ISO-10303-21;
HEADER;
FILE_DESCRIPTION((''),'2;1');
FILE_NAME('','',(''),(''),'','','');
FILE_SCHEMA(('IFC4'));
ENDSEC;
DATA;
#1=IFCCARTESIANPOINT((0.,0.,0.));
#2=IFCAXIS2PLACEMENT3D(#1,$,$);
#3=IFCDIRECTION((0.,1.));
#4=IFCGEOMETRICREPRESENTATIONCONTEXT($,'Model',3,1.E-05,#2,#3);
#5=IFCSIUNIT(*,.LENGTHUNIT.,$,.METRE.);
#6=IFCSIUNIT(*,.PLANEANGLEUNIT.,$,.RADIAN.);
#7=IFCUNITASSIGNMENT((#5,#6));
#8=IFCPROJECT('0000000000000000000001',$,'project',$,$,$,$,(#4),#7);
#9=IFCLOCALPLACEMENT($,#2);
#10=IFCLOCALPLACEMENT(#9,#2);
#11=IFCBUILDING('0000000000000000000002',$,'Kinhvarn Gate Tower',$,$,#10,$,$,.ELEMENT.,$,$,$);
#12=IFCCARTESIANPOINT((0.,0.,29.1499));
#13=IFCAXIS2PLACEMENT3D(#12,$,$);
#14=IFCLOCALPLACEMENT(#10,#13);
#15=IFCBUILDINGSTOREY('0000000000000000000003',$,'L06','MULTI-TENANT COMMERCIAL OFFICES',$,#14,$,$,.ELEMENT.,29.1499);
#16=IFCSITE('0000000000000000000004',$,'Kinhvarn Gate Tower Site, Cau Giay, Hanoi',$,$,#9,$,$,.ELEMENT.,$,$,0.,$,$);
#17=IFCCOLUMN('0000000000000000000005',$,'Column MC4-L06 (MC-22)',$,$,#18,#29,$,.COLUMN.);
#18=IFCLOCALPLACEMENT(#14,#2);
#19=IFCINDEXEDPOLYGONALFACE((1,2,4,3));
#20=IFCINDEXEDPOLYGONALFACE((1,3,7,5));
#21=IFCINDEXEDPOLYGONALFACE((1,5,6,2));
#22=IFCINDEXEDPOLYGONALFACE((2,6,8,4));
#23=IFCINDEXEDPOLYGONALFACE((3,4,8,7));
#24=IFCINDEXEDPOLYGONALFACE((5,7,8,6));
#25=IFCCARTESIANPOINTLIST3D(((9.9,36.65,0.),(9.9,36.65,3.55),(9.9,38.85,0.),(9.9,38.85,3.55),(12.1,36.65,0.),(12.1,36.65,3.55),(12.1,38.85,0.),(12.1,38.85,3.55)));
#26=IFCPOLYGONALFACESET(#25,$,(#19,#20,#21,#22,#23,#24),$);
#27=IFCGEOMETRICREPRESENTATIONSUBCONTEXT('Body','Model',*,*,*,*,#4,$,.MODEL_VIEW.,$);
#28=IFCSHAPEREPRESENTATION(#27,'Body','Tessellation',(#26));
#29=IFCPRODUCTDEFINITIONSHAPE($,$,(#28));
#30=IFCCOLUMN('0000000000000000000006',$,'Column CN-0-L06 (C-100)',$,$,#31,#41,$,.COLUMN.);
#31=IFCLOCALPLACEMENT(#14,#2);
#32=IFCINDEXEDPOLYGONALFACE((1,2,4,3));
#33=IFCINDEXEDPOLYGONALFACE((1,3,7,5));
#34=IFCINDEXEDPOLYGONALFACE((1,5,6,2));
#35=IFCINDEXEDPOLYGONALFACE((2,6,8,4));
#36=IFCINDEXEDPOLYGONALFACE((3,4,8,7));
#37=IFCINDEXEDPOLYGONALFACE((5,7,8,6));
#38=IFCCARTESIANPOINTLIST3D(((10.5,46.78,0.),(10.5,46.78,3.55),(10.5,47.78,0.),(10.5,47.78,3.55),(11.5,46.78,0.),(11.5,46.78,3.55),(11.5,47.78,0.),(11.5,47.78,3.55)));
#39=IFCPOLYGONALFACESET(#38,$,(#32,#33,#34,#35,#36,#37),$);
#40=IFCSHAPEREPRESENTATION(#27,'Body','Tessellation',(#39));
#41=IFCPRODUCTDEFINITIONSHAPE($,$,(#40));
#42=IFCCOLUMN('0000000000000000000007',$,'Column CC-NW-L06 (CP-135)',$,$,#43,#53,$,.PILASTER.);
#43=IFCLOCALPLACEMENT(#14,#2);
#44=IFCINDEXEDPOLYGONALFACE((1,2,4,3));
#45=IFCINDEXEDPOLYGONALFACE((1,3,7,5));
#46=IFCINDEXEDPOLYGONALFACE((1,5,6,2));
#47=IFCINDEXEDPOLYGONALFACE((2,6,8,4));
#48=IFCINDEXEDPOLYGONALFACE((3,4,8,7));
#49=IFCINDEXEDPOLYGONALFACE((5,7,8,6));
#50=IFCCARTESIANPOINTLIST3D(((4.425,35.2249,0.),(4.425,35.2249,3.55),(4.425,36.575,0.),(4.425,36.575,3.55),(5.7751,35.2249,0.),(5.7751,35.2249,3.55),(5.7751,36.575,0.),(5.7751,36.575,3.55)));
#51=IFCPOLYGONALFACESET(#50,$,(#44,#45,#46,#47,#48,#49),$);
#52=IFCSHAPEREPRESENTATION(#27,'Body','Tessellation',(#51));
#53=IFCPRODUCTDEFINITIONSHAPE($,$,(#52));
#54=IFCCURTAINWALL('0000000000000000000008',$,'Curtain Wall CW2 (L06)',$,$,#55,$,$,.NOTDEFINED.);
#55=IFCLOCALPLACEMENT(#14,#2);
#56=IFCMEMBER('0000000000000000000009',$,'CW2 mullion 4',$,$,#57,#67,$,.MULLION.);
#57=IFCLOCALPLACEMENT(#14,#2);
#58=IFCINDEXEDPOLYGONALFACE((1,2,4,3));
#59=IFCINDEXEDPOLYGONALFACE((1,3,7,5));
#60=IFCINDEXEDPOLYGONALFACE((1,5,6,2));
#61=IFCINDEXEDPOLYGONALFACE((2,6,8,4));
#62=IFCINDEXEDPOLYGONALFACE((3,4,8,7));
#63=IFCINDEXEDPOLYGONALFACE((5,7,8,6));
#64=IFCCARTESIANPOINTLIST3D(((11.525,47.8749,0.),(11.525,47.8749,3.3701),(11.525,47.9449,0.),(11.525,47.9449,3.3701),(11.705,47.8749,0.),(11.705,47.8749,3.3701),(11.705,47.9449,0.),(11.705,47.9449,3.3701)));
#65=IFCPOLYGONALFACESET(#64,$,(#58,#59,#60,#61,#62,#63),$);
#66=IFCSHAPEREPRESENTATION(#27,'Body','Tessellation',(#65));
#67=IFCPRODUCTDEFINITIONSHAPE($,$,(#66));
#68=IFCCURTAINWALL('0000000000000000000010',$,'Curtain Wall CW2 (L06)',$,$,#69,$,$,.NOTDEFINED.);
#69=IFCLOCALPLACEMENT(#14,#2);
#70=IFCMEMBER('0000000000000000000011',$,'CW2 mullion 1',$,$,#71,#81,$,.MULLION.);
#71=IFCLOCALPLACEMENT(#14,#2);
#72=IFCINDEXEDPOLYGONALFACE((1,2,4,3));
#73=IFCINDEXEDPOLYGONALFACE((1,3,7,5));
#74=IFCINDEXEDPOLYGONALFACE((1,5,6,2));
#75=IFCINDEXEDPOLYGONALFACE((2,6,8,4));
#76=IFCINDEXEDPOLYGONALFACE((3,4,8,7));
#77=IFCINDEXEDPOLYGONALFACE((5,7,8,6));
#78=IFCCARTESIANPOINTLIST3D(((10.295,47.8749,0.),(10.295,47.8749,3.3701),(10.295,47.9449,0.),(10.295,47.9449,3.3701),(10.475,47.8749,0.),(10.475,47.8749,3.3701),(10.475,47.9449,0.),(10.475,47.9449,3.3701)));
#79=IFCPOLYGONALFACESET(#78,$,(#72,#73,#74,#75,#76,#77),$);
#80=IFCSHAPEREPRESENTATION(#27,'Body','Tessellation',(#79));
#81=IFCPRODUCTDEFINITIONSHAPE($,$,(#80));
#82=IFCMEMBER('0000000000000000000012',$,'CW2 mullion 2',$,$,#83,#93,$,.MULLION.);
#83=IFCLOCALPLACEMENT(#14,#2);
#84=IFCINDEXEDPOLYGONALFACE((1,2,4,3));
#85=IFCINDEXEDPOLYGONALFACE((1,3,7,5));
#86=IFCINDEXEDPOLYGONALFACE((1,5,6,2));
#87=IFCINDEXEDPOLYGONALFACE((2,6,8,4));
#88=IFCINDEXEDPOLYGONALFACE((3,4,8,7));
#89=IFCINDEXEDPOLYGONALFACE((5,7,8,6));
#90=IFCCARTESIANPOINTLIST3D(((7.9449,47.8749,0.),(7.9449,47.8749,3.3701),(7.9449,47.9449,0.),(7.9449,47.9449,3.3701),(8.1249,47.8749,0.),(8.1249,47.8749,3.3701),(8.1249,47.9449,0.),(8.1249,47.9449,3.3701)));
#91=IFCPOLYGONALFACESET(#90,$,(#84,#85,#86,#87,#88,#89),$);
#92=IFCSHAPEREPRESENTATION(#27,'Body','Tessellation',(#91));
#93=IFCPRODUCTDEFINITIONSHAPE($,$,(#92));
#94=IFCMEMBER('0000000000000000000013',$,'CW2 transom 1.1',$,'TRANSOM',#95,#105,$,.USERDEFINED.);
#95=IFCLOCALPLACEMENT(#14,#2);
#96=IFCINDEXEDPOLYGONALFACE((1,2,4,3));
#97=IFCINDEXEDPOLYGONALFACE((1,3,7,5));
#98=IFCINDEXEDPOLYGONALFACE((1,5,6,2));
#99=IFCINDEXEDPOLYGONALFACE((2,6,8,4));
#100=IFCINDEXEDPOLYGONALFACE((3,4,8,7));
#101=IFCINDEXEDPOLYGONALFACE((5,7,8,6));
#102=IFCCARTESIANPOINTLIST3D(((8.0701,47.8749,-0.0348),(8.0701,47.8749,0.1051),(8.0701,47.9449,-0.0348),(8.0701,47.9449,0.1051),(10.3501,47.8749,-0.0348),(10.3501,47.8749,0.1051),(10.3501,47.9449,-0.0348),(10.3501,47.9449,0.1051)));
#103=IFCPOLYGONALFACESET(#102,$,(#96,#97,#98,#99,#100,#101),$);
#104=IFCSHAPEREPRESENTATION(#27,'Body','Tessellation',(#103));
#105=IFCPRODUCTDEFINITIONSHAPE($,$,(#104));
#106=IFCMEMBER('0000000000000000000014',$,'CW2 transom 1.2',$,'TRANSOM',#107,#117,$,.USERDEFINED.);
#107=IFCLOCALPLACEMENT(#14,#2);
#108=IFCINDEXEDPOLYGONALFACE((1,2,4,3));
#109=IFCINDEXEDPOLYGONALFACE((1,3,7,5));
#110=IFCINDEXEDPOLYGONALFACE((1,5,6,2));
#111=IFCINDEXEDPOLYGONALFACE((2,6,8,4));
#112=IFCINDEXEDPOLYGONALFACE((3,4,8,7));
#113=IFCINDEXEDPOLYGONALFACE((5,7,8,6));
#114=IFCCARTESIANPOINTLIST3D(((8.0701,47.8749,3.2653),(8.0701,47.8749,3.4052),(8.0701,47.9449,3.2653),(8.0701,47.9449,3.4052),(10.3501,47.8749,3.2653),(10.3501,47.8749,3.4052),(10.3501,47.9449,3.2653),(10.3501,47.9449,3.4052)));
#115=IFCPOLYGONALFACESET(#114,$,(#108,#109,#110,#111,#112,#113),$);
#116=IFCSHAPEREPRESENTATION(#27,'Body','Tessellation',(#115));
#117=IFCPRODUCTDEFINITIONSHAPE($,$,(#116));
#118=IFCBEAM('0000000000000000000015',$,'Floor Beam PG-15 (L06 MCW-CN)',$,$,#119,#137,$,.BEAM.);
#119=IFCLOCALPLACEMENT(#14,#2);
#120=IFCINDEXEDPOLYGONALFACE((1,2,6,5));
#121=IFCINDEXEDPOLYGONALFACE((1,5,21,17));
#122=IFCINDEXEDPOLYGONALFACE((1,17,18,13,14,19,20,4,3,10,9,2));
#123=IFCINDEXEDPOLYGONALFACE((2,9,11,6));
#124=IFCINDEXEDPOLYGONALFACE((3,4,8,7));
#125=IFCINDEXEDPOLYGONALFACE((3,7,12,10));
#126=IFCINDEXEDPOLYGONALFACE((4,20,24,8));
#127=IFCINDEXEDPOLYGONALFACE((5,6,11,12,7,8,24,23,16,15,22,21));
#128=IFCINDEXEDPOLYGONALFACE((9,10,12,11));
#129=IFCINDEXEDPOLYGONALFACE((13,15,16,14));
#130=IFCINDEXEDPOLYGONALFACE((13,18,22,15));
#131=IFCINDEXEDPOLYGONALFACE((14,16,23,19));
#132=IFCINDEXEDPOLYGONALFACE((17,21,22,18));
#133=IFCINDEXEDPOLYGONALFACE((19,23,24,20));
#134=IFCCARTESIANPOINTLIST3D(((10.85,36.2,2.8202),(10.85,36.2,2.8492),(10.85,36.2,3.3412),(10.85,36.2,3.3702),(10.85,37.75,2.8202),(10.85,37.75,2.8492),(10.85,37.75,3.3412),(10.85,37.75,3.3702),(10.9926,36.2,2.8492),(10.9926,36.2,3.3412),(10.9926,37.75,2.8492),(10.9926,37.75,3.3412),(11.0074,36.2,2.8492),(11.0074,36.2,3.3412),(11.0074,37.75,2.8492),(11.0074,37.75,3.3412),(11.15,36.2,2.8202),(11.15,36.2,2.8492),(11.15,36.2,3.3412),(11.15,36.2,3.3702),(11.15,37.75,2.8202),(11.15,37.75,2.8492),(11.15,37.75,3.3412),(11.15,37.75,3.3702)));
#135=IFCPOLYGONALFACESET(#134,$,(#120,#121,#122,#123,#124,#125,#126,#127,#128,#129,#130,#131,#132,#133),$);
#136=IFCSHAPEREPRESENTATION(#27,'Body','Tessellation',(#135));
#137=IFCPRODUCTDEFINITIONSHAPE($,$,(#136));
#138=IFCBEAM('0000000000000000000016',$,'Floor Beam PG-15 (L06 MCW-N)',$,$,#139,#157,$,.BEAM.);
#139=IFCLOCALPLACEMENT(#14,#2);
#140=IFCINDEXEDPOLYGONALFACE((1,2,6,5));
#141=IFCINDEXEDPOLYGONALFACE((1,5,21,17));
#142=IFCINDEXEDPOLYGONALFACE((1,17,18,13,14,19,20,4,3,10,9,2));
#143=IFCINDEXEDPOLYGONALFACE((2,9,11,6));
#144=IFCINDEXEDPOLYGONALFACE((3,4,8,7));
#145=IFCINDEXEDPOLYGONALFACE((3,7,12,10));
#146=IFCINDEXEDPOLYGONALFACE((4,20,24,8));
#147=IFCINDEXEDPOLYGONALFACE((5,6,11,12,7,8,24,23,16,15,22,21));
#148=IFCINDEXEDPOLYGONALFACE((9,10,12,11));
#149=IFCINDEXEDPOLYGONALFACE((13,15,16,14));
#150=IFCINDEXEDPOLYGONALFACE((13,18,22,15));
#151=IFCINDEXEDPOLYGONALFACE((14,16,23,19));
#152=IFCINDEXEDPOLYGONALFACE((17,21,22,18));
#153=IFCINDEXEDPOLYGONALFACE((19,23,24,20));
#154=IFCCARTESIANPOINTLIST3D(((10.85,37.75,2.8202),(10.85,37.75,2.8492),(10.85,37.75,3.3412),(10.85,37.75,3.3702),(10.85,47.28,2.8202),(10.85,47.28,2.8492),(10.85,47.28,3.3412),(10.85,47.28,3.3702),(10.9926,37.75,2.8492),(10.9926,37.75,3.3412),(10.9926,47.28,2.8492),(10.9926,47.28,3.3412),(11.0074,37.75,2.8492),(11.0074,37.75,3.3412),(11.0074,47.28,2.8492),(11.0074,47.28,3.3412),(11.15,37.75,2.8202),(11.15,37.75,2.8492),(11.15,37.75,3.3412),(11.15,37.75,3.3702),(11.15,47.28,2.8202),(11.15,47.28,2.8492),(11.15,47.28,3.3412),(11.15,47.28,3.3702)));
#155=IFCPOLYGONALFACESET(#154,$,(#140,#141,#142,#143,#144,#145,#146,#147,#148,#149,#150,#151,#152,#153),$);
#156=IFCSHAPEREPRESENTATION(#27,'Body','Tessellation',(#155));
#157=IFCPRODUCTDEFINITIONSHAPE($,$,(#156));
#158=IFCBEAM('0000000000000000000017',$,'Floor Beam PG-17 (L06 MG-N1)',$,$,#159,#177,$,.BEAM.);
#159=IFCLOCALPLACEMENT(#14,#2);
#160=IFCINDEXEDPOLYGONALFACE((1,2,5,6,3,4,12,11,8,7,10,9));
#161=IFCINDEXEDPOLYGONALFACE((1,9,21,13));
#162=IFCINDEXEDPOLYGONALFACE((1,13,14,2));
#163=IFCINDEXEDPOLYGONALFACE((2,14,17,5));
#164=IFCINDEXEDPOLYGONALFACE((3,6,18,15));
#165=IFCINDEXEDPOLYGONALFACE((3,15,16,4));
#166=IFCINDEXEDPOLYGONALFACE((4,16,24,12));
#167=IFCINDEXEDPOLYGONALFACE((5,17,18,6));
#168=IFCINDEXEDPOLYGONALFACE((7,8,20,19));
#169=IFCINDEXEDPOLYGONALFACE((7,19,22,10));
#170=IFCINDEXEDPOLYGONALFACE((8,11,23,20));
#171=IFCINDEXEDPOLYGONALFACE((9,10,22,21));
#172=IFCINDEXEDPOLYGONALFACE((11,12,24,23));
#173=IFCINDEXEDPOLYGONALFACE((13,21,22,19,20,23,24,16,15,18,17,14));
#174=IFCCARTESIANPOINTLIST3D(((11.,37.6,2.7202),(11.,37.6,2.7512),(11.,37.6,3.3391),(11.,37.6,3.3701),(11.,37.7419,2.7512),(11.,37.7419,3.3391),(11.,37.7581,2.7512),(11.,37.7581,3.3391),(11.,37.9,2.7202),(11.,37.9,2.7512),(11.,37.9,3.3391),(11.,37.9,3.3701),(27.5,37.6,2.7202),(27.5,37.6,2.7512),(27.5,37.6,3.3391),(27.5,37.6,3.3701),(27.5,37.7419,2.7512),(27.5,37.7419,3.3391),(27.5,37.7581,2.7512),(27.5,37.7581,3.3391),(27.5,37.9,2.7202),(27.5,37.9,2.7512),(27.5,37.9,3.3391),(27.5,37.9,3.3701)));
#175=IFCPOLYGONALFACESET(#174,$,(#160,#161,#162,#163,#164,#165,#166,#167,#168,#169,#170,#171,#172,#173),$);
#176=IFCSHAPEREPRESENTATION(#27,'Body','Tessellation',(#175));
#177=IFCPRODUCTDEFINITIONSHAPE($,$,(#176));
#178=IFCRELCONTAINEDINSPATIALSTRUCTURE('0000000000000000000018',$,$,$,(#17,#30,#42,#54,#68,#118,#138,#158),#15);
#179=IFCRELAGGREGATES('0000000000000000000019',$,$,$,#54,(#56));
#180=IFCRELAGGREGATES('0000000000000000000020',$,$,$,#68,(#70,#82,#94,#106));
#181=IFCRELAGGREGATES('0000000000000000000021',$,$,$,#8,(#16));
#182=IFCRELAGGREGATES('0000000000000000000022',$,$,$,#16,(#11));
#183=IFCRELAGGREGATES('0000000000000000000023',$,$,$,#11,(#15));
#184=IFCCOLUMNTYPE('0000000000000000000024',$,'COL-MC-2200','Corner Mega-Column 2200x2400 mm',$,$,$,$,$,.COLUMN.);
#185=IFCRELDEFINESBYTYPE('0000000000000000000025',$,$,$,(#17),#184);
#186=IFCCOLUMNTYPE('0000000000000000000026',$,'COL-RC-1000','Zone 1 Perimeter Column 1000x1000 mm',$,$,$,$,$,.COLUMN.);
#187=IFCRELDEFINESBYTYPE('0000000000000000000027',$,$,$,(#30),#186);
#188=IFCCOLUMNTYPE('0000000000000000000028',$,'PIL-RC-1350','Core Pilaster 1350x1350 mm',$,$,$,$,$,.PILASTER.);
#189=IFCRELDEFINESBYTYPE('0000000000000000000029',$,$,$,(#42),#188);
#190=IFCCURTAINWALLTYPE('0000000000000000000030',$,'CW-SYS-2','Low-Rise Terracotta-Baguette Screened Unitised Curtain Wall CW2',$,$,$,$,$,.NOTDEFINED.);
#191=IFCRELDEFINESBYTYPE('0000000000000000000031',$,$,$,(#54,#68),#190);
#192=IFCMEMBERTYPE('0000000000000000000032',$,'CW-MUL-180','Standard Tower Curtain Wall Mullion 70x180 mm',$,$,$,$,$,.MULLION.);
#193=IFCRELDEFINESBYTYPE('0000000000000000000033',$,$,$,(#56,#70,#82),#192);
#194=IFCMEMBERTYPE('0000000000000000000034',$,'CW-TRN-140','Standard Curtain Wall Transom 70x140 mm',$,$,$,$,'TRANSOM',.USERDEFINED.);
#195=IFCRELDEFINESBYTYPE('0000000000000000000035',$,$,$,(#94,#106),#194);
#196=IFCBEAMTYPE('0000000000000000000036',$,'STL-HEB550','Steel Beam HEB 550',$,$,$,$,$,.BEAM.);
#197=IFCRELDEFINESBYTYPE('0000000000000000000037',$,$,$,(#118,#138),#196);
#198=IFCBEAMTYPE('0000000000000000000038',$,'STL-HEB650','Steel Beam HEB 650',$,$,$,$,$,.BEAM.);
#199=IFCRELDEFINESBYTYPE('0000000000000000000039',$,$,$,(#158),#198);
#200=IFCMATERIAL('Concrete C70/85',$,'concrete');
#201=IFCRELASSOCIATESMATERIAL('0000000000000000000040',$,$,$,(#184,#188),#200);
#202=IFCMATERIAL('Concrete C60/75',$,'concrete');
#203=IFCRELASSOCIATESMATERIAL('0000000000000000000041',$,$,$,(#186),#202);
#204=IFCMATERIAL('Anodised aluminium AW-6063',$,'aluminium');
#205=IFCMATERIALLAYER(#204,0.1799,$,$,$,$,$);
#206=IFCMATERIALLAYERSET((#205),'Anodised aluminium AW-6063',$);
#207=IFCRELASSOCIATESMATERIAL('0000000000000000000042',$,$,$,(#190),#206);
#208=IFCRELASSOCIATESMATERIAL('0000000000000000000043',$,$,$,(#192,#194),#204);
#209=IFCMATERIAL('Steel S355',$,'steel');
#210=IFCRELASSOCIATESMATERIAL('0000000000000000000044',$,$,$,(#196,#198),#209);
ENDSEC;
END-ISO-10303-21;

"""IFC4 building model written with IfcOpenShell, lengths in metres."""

from ifc_helpers import new_model, si_unit, direction, frame, origin, origin_2d, place, context, subcontext, project, spatial, rectangle, i_section, extrude, material, layer, layer_set, material_profile, profile_set, type_object, element, aggregate, save


model = new_model("IFC4")

# Units and contexts
model_context = context("Model", 3, precision=1e-05, world=origin(), true_north=direction((0.0, 1.0)))
body_context = subcontext(model_context, "Body", "Model", "MODEL_VIEW")
ifc_project = project(units=[si_unit("LENGTHUNIT", "METRE"), si_unit("PLANEANGLEUNIT", "RADIAN")], contexts=[model_context])

# Site, building, storey
site_placement = place(None, origin())
site = spatial("IfcSite", under=ifc_project, at=site_placement, Name="Kinhvarn Gate Tower Site, Cau Giay, Hanoi", CompositionType="ELEMENT", RefElevation=0.0)
building_placement = place(site_placement, origin())
building = spatial("IfcBuilding", under=site, at=building_placement, Name="Kinhvarn Gate Tower", CompositionType="ELEMENT")
storey_placement = place(building_placement, frame((0.0, 0.0, 29.1499)))
storey = spatial("IfcBuildingStorey", under=building, at=storey_placement, Name="L06", Description="MULTI-TENANT COMMERCIAL OFFICES", CompositionType="ELEMENT", Elevation=29.1499)

# Columns
ifc_material_1 = material(Name="Concrete C70/85", Category="concrete")
ifc_material_profile_1 = material_profile(ifc_material_1, rectangle(XDim=2.2, YDim=2.2, at=origin_2d()), Name="RC 2200x2200")
ifc_profile_set_1 = profile_set([ifc_material_profile_1], Name="Concrete C70/85")
column_type_1 = type_object("IfcColumnType", Name="COL-MC-2200", Description="Corner Mega-Column 2200x2400 mm", PredefinedType="COLUMN", material=ifc_profile_set_1)
column_1_placement = place(storey_placement, frame((11.0, 37.75, 0.0), z_axis=(0.0, 0.0, 1.0), x_axis=(1.0, 0.0, 0.0)))
element("IfcColumn", 1, at=column_1_placement, inside=storey, type_object=column_type_1, Name="Column MC4-L06 (MC-22)", PredefinedType="COLUMN", context=body_context, shape_type="SweptSolid", body=[
    extrude(rectangle(XDim=2.2, YDim=2.2, at=origin_2d()), origin(), (0.0, 0.0, 1.0), 3.55),
])
ifc_material_2 = material(Name="Concrete C60/75", Category="concrete")
ifc_material_profile_2 = material_profile(ifc_material_2, rectangle(XDim=1.0, YDim=1.0, at=origin_2d()), Name="RC 1000x1000")
ifc_profile_set_2 = profile_set([ifc_material_profile_2], Name="Concrete C60/75")
column_type_2 = type_object("IfcColumnType", Name="COL-RC-1000", Description="Zone 1 Perimeter Column 1000x1000 mm", PredefinedType="COLUMN", material=ifc_profile_set_2)
column_2_placement = place(storey_placement, frame((11.0, 47.28, 0.0), z_axis=(0.0, 0.0, 1.0), x_axis=(1.0, 0.0, 0.0)))
element("IfcColumn", 2, at=column_2_placement, inside=storey, type_object=column_type_2, Name="Column CN-0-L06 (C-100)", PredefinedType="COLUMN", context=body_context, shape_type="SweptSolid", body=[
    extrude(rectangle(XDim=1.0, YDim=1.0, at=origin_2d()), origin(), (0.0, 0.0, 1.0), 3.55),
])
ifc_material_profile_3 = material_profile(ifc_material_1, rectangle(XDim=1.3501, YDim=1.3501, at=origin_2d()), Name="RC 1350x1350")
ifc_profile_set_3 = profile_set([ifc_material_profile_3], Name="Concrete C70/85")
column_type_3 = type_object("IfcColumnType", Name="PIL-RC-1350", Description="Core Pilaster 1350x1350 mm", PredefinedType="PILASTER", material=ifc_profile_set_3)
column_3_placement = place(storey_placement, frame((5.1001, 35.8999, 0.0), z_axis=(0.0, 0.0, 1.0), x_axis=(1.0, 0.0, 0.0)))
element("IfcColumn", 3, at=column_3_placement, inside=storey, type_object=column_type_3, Name="Column CC-NW-L06 (CP-135)", PredefinedType="PILASTER", context=body_context, shape_type="SweptSolid", body=[
    extrude(rectangle(XDim=1.3501, YDim=1.3501, at=origin_2d()), origin(), (0.0, 0.0, 1.0), 3.55),
])

# Curtain wall, member
ifc_material_3 = material(Name="Anodised aluminium AW-6063", Category="aluminium")
ifc_layer_1 = layer(ifc_material_3, 0.1799)
ifc_layer_set_1 = layer_set([ifc_layer_1], Name="Anodised aluminium AW-6063")
curtain_wall_type = type_object("IfcCurtainWallType", Name="CW-SYS-2", Description="Low-Rise Terracotta-Baguette Screened Unitised Curtain Wall CW2", PredefinedType="NOTDEFINED", material=ifc_layer_set_1)
curtain_wall_1_placement = place(storey_placement, origin())
curtain_wall_1 = element("IfcCurtainWall", 4, at=curtain_wall_1_placement, inside=storey, type_object=curtain_wall_type, Name="Curtain Wall CW2 (L06)", PredefinedType="NOTDEFINED")
ifc_material_profile_4 = material_profile(ifc_material_3, rectangle(XDim=0.0701, YDim=0.1799, at=origin_2d()), Name="ALU 70x180")
ifc_profile_set_4 = profile_set([ifc_material_profile_4], Name="Anodised aluminium AW-6063")
member_type_1 = type_object("IfcMemberType", Name="CW-MUL-180", Description="Standard Tower Curtain Wall Mullion 70x180 mm", PredefinedType="MULLION", material=ifc_profile_set_4)
member_1_placement = place(storey_placement, frame((11.615, 47.9099, 0.0), z_axis=(0.0, 0.0, 1.0), x_axis=(0.0, -1.0, 0.0)))
member_1 = element("IfcMember", 5, at=member_1_placement, type_object=member_type_1, Name="CW2 mullion 4", PredefinedType="MULLION", context=body_context, shape_type="SweptSolid", body=[
    extrude(rectangle(XDim=0.0701, YDim=0.1799, at=origin_2d()), origin(), (0.0, 0.0, 1.0), 3.3701),
])
aggregate(curtain_wall_1, [member_1])

# Curtain wall, members
curtain_wall_2_placement = place(storey_placement, origin())
curtain_wall_2 = element("IfcCurtainWall", 6, at=curtain_wall_2_placement, inside=storey, type_object=curtain_wall_type, Name="Curtain Wall CW2 (L06)", PredefinedType="NOTDEFINED")
member_2_placement = place(storey_placement, frame((10.385, 47.9099, 0.0), z_axis=(0.0, 0.0, 1.0), x_axis=(0.0, -1.0, 0.0)))
member_2 = element("IfcMember", 7, at=member_2_placement, type_object=member_type_1, Name="CW2 mullion 1", PredefinedType="MULLION", context=body_context, shape_type="SweptSolid", body=[
    extrude(rectangle(XDim=0.0701, YDim=0.1799, at=origin_2d()), origin(), (0.0, 0.0, 1.0), 3.3701),
])
member_3_placement = place(storey_placement, frame((8.0349, 47.9099, 0.0), z_axis=(0.0, 0.0, 1.0), x_axis=(0.0, -1.0, 0.0)))
member_3 = element("IfcMember", 8, at=member_3_placement, type_object=member_type_1, Name="CW2 mullion 2", PredefinedType="MULLION", context=body_context, shape_type="SweptSolid", body=[
    extrude(rectangle(XDim=0.0701, YDim=0.1799, at=origin_2d()), origin(), (0.0, 0.0, 1.0), 3.3701),
])
ifc_material_profile_5 = material_profile(ifc_material_3, rectangle(XDim=0.0701, YDim=0.1399, at=origin_2d()), Name="ALU 70x140")
ifc_profile_set_5 = profile_set([ifc_material_profile_5], Name="Anodised aluminium AW-6063")
member_type_2 = type_object("IfcMemberType", Name="CW-TRN-140", Description="Standard Curtain Wall Transom 70x140 mm", ElementType="TRANSOM", PredefinedType="USERDEFINED", material=ifc_profile_set_5)
member_4_placement = place(storey_placement, frame((10.3501, 47.9099, 0.0352), z_axis=(-1.0, 0.0, 0.0), x_axis=(0.0, -1.0, 0.0)))
member_4 = element("IfcMember", 9, at=member_4_placement, type_object=member_type_2, Name="CW2 transom 1.1", ObjectType="TRANSOM", PredefinedType="USERDEFINED", context=body_context, shape_type="SweptSolid", body=[
    extrude(rectangle(XDim=0.0701, YDim=0.1399, at=origin_2d()), origin(), (0.0, 0.0, 1.0), 2.28),
])
member_5_placement = place(storey_placement, frame((10.3501, 47.9099, 3.3352), z_axis=(-1.0, 0.0, 0.0), x_axis=(0.0, -1.0, 0.0)))
member_5 = element("IfcMember", 10, at=member_5_placement, type_object=member_type_2, Name="CW2 transom 1.2", ObjectType="TRANSOM", PredefinedType="USERDEFINED", context=body_context, shape_type="SweptSolid", body=[
    extrude(rectangle(XDim=0.0701, YDim=0.1399, at=origin_2d()), origin(), (0.0, 0.0, 1.0), 2.28),
])

# Beams
ifc_material_4 = material(Name="Steel S355", Category="steel")
ifc_material_profile_6 = material_profile(ifc_material_4, i_section(OverallWidth=0.3, OverallDepth=0.55, WebThickness=0.0149, FlangeThickness=0.0291, at=origin_2d()), Name="HEB 550")
ifc_profile_set_6 = profile_set([ifc_material_profile_6], Name="Steel S355")
beam_type_1 = type_object("IfcBeamType", Name="STL-HEB550", Description="Steel Beam HEB 550", PredefinedType="BEAM", material=ifc_profile_set_6)
beam_1_placement = place(storey_placement, frame((11.0, 36.2, 3.0952), z_axis=(0.0, 1.0, 0.0), x_axis=(-1.0, 0.0, 0.0)))
element("IfcBeam", 11, at=beam_1_placement, inside=storey, type_object=beam_type_1, Name="Floor Beam PG-15 (L06 MCW-CN)", PredefinedType="BEAM", context=body_context, shape_type="SweptSolid", body=[
    extrude(i_section(OverallWidth=0.3, OverallDepth=0.55, WebThickness=0.0149, FlangeThickness=0.0291, at=origin_2d()), origin(), (0.0, 0.0, 1.0), 1.55),
])
beam_2_placement = place(storey_placement, frame((11.0, 37.75, 3.0952), z_axis=(0.0, 1.0, 0.0), x_axis=(-1.0, 0.0, 0.0)))
element("IfcBeam", 12, at=beam_2_placement, inside=storey, type_object=beam_type_1, Name="Floor Beam PG-15 (L06 MCW-N)", PredefinedType="BEAM", context=body_context, shape_type="SweptSolid", body=[
    extrude(i_section(OverallWidth=0.3, OverallDepth=0.55, WebThickness=0.0149, FlangeThickness=0.0291, at=origin_2d()), origin(), (0.0, 0.0, 1.0), 9.53),
])
ifc_material_profile_7 = material_profile(ifc_material_4, i_section(OverallWidth=0.3, OverallDepth=0.6499, WebThickness=0.0161, FlangeThickness=0.031, at=origin_2d()), Name="HEB 650")
ifc_profile_set_7 = profile_set([ifc_material_profile_7], Name="Steel S355")
beam_type_2 = type_object("IfcBeamType", Name="STL-HEB650", Description="Steel Beam HEB 650", PredefinedType="BEAM", material=ifc_profile_set_7)
beam_3_placement = place(storey_placement, frame((11.0, 37.75, 3.0452), z_axis=(1.0, 0.0, 0.0), x_axis=(0.0, 1.0, 0.0)))
element("IfcBeam", 13, at=beam_3_placement, inside=storey, type_object=beam_type_2, Name="Floor Beam PG-17 (L06 MG-N1)", PredefinedType="BEAM", context=body_context, shape_type="SweptSolid", body=[
    extrude(i_section(OverallWidth=0.3, OverallDepth=0.6499, WebThickness=0.0161, FlangeThickness=0.031, at=origin_2d()), origin(), (0.0, 0.0, 1.0), 16.5),
])

aggregate(curtain_wall_2, [member_2, member_3, member_4, member_5])

save(model, "model.ifc")
